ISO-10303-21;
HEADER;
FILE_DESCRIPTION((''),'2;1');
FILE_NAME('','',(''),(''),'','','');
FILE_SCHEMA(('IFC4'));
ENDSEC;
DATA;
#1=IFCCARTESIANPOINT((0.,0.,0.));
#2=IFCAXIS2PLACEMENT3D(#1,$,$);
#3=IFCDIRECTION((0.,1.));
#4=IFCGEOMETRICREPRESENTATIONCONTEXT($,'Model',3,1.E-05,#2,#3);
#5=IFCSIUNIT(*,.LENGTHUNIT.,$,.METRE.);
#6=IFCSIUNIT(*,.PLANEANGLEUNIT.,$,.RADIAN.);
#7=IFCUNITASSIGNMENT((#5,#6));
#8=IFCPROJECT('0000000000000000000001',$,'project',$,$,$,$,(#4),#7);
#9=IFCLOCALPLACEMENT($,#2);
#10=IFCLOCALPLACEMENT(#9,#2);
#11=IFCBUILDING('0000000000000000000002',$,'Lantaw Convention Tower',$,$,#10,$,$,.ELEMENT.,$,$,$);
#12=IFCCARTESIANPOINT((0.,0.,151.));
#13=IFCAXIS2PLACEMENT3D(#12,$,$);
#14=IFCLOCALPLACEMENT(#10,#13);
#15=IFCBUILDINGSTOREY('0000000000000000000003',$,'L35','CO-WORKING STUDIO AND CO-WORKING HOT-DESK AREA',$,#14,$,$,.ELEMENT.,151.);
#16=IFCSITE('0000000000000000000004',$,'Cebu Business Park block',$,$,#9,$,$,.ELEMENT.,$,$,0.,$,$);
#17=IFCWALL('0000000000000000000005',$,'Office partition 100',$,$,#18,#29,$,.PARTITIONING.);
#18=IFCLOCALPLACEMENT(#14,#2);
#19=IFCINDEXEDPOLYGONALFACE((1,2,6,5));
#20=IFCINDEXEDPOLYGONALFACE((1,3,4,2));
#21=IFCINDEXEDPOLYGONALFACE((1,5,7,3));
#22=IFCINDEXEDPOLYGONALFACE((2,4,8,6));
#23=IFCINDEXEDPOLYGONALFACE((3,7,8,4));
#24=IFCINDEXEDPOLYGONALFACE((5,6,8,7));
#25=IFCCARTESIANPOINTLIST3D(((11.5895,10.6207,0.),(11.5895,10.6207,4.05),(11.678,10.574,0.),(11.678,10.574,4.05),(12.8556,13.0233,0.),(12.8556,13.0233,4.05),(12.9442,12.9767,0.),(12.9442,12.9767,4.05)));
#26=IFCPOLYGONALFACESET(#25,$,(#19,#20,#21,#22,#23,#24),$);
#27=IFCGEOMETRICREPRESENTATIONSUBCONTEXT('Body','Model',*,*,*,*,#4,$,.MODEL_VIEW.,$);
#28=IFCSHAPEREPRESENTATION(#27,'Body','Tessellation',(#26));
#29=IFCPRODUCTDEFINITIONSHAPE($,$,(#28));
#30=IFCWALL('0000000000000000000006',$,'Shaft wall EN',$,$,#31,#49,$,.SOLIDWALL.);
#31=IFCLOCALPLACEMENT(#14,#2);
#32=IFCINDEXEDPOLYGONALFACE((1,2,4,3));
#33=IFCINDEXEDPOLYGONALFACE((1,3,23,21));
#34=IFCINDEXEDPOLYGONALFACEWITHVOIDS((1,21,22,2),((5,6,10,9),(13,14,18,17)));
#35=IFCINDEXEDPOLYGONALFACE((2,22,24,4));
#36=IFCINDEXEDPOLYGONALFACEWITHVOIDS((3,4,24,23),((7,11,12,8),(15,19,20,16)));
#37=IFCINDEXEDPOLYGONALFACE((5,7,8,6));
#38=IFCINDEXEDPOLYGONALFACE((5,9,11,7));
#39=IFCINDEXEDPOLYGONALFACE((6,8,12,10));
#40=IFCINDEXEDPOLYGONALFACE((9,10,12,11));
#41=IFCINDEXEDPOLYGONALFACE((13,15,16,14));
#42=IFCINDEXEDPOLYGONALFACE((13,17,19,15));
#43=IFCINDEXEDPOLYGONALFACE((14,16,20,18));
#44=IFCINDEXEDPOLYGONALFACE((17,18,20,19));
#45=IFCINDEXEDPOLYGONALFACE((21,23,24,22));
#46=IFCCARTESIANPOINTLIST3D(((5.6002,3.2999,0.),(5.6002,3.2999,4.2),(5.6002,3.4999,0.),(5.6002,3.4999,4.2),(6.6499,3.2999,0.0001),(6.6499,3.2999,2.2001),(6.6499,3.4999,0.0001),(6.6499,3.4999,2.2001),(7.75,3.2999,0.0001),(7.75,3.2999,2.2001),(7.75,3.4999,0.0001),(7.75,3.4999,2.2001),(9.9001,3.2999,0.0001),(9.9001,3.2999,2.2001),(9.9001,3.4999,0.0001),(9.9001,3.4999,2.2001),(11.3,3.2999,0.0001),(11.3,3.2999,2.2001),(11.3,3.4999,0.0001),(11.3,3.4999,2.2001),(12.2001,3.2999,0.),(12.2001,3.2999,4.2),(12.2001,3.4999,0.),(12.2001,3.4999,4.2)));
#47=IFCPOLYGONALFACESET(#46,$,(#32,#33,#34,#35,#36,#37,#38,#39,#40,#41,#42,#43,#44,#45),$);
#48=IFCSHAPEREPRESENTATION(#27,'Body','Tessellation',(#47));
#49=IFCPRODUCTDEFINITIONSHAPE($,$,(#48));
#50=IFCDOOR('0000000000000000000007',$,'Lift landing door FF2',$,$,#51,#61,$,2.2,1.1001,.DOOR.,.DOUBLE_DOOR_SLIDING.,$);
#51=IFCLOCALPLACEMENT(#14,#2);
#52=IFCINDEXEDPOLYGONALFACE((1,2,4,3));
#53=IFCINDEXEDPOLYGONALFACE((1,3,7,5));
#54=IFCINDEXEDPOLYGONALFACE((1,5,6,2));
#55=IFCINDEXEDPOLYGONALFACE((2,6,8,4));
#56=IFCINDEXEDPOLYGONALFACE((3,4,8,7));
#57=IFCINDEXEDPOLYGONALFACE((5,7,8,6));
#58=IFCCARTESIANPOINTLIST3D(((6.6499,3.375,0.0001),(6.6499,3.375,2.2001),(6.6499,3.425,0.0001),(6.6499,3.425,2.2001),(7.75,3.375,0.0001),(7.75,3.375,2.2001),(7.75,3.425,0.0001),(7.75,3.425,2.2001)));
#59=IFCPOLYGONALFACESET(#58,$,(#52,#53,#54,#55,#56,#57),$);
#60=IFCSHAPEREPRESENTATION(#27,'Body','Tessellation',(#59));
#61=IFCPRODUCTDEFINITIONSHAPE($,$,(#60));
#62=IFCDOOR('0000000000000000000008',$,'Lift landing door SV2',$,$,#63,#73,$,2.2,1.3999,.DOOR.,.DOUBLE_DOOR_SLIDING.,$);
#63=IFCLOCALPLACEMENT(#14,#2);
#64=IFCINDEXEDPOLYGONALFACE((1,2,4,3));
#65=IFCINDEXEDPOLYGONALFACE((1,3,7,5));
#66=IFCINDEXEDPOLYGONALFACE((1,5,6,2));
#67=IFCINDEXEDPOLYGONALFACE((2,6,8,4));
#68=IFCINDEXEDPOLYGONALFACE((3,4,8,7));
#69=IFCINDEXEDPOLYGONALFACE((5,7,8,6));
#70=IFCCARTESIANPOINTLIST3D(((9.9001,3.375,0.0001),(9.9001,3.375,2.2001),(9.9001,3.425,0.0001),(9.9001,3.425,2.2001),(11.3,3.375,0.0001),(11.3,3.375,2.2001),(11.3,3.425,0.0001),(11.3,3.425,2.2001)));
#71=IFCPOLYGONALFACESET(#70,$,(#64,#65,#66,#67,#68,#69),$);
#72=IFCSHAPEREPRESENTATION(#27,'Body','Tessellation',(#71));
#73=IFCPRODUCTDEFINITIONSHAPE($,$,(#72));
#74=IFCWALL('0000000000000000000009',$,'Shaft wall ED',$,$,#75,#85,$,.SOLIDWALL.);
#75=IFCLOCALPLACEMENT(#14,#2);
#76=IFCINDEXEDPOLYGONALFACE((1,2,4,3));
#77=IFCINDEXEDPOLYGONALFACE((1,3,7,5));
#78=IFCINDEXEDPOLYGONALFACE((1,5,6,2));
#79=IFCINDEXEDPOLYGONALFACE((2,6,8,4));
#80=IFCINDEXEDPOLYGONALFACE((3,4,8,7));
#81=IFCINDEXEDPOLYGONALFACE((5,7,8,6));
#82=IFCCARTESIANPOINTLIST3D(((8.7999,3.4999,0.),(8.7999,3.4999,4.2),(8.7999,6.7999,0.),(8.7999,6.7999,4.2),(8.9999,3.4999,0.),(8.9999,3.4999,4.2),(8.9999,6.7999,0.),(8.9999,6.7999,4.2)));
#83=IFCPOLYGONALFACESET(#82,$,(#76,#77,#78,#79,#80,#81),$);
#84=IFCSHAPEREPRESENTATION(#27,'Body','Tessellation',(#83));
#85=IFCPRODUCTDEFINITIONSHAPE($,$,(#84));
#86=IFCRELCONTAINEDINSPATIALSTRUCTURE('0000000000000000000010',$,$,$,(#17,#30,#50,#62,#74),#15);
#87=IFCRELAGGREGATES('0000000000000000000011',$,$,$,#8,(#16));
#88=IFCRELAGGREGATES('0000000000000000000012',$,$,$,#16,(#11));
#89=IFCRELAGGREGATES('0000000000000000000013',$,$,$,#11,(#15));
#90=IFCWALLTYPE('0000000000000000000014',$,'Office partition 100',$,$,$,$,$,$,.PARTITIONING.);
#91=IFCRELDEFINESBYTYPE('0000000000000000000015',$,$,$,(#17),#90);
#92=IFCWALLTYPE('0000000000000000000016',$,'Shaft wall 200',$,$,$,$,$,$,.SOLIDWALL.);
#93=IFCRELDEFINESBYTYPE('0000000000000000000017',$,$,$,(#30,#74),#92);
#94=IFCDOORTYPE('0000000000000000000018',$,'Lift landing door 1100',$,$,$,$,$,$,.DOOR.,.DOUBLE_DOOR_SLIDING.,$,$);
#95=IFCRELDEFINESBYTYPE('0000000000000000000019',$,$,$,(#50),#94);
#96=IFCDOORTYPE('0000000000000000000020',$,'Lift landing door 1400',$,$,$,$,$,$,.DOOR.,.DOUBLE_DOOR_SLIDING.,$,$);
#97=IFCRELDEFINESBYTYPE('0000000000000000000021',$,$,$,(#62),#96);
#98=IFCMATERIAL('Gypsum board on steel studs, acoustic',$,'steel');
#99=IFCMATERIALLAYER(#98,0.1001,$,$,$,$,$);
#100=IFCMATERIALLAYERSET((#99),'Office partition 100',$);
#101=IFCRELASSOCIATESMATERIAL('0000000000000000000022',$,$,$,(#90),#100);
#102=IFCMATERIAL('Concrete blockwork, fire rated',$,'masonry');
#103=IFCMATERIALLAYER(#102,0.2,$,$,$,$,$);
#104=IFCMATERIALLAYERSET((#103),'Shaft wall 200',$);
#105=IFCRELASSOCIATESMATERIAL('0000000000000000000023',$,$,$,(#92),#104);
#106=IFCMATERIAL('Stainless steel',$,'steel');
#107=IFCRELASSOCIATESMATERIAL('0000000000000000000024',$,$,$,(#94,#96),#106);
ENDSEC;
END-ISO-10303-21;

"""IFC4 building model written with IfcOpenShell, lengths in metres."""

from ifc_helpers import new_model, si_unit, direction, frame, frame_2d, origin, place, context, subcontext, project, spatial, rectangle, extrude, material, layer, layer_set, type_object, element, fill, save


model = new_model("IFC4")

# Units and contexts
model_context = context("Model", 3, precision=1e-05, world=origin(), true_north=direction((0.0, 1.0)))
body_context = subcontext(model_context, "Body", "Model", "MODEL_VIEW")
ifc_project = project(units=[si_unit("LENGTHUNIT", "METRE"), si_unit("PLANEANGLEUNIT", "RADIAN")], contexts=[model_context])

# Site, building, storey
site_placement = place(None, origin())
site = spatial("IfcSite", under=ifc_project, at=site_placement, Name="Cebu Business Park block", CompositionType="ELEMENT", RefElevation=0.0)
building_placement = place(site_placement, origin())
building = spatial("IfcBuilding", under=site, at=building_placement, Name="Lantaw Convention Tower", CompositionType="ELEMENT")
storey_placement = place(building_placement, frame((0.0, 0.0, 151.0)))
storey = spatial("IfcBuildingStorey", under=building, at=storey_placement, Name="L35", Description="CO-WORKING STUDIO AND CO-WORKING HOT-DESK AREA", CompositionType="ELEMENT", Elevation=151.0)

# Wall
ifc_material_1 = material(Name="Gypsum board on steel studs, acoustic", Category="steel")
ifc_layer_1 = layer(ifc_material_1, 0.1001)
ifc_layer_set_1 = layer_set([ifc_layer_1], Name="Office partition 100")
wall_type_1 = type_object("IfcWallType", Name="Office partition 100", PredefinedType="PARTITIONING", material=ifc_layer_set_1)
wall_1_placement = place(storey_placement, frame((12.8999, 13.0, 0.0), z_axis=(0.0, 0.0, 1.0), x_axis=(-0.466206, -0.884676, 0.0)))
element("IfcWall", 1, at=wall_1_placement, inside=storey, type_object=wall_type_1, Name="Office partition 100", PredefinedType="PARTITIONING", context=body_context, shape_type="SweptSolid", body=[
    extrude(rectangle(XDim=2.7158, YDim=0.1001, at=frame_2d((1.3579, 0.0))), origin(), (0.0, 0.0, 1.0), 4.05),
])

# Wall, openings, doors
ifc_material_2 = material(Name="Concrete blockwork, fire rated", Category="masonry")
ifc_layer_2 = layer(ifc_material_2, 0.2)
ifc_layer_set_2 = layer_set([ifc_layer_2], Name="Shaft wall 200")
wall_type_2 = type_object("IfcWallType", Name="Shaft wall 200", PredefinedType="SOLIDWALL", material=ifc_layer_set_2)
wall_2_placement = place(storey_placement, frame((12.2, 3.3999, 0.0), z_axis=(0.0, 0.0, 1.0), x_axis=(-1.0, 0.0, 0.0)))
wall_2 = element("IfcWall", 2, at=wall_2_placement, inside=storey, type_object=wall_type_2, Name="Shaft wall EN", PredefinedType="SOLIDWALL", context=body_context, shape_type="SweptSolid", body=[
    extrude(rectangle(XDim=6.5999, YDim=0.2, at=frame_2d((3.2998, 0.0))), origin(), (0.0, 0.0, 1.0), 4.2),
])
opening_1_placement = place(wall_2_placement, frame((4.45, 0.0, 0.0)))
opening_1 = element("IfcOpeningElement", 3, at=opening_1_placement, cuts=wall_2, PredefinedType="OPENING", context=body_context, shape_type="SweptSolid", body=[
    extrude(rectangle(XDim=1.1001, YDim=2.2, at=frame_2d((0.55, 1.1001))), frame((0.0, 0.1099, 0.0), z_axis=(0.0, -1.0, 0.0), x_axis=(1.0, 0.0, 0.0)), (0.0, 0.0, 1.0), 0.22),
])
opening_2_placement = place(wall_2_placement, frame((0.8999, 0.0, 0.0)))
opening_2 = element("IfcOpeningElement", 4, at=opening_2_placement, cuts=wall_2, PredefinedType="OPENING", context=body_context, shape_type="SweptSolid", body=[
    extrude(rectangle(XDim=1.3999, YDim=2.2, at=frame_2d((0.7, 1.1001))), frame((0.0, 0.1099, 0.0), z_axis=(0.0, -1.0, 0.0), x_axis=(1.0, 0.0, 0.0)), (0.0, 0.0, 1.0), 0.22),
])
ifc_material_3 = material(Name="Stainless steel", Category="steel")
door_type_1 = type_object("IfcDoorType", Name="Lift landing door 1100", OperationType="DOUBLE_DOOR_SLIDING", PredefinedType="DOOR", material=ifc_material_3)
door_1_placement = place(opening_1_placement, origin())
door_1 = element("IfcDoor", 5, at=door_1_placement, inside=storey, type_object=door_type_1, Name="Lift landing door FF2", OperationType="DOUBLE_DOOR_SLIDING", OverallHeight=2.2, OverallWidth=1.1001, PredefinedType="DOOR", context=body_context, shape_type="SweptSolid", body=[
    extrude(rectangle(XDim=1.1001, YDim=2.2, at=frame_2d((0.55, 1.1001))), frame((0.0, 0.0249, 0.0), z_axis=(0.0, -1.0, 0.0), x_axis=(1.0, 0.0, 0.0)), (0.0, 0.0, 1.0), 0.05),
])
fill(opening_1, door_1)
door_type_2 = type_object("IfcDoorType", Name="Lift landing door 1400", OperationType="DOUBLE_DOOR_SLIDING", PredefinedType="DOOR", material=ifc_material_3)
door_2_placement = place(opening_2_placement, origin())
door_2 = element("IfcDoor", 6, at=door_2_placement, inside=storey, type_object=door_type_2, Name="Lift landing door SV2", OperationType="DOUBLE_DOOR_SLIDING", OverallHeight=2.2, OverallWidth=1.3999, PredefinedType="DOOR", context=body_context, shape_type="SweptSolid", body=[
    extrude(rectangle(XDim=1.3999, YDim=2.2, at=frame_2d((0.7, 1.1001))), frame((0.0, 0.0249, 0.0), z_axis=(0.0, -1.0, 0.0), x_axis=(1.0, 0.0, 0.0)), (0.0, 0.0, 1.0), 0.05),
])
fill(opening_2, door_2)

# Wall
wall_3_placement = place(storey_placement, frame((8.8999, 3.5, 0.0), z_axis=(0.0, 0.0, 1.0), x_axis=(0.0, 1.0, 0.0)))
element("IfcWall", 7, at=wall_3_placement, inside=storey, type_object=wall_type_2, Name="Shaft wall ED", PredefinedType="SOLIDWALL", context=body_context, shape_type="SweptSolid", body=[
    extrude(rectangle(XDim=3.3, YDim=0.2, at=frame_2d((1.6499, 0.0))), origin(), (0.0, 0.0, 1.0), 4.2),
])

save(model, "model.ifc")
